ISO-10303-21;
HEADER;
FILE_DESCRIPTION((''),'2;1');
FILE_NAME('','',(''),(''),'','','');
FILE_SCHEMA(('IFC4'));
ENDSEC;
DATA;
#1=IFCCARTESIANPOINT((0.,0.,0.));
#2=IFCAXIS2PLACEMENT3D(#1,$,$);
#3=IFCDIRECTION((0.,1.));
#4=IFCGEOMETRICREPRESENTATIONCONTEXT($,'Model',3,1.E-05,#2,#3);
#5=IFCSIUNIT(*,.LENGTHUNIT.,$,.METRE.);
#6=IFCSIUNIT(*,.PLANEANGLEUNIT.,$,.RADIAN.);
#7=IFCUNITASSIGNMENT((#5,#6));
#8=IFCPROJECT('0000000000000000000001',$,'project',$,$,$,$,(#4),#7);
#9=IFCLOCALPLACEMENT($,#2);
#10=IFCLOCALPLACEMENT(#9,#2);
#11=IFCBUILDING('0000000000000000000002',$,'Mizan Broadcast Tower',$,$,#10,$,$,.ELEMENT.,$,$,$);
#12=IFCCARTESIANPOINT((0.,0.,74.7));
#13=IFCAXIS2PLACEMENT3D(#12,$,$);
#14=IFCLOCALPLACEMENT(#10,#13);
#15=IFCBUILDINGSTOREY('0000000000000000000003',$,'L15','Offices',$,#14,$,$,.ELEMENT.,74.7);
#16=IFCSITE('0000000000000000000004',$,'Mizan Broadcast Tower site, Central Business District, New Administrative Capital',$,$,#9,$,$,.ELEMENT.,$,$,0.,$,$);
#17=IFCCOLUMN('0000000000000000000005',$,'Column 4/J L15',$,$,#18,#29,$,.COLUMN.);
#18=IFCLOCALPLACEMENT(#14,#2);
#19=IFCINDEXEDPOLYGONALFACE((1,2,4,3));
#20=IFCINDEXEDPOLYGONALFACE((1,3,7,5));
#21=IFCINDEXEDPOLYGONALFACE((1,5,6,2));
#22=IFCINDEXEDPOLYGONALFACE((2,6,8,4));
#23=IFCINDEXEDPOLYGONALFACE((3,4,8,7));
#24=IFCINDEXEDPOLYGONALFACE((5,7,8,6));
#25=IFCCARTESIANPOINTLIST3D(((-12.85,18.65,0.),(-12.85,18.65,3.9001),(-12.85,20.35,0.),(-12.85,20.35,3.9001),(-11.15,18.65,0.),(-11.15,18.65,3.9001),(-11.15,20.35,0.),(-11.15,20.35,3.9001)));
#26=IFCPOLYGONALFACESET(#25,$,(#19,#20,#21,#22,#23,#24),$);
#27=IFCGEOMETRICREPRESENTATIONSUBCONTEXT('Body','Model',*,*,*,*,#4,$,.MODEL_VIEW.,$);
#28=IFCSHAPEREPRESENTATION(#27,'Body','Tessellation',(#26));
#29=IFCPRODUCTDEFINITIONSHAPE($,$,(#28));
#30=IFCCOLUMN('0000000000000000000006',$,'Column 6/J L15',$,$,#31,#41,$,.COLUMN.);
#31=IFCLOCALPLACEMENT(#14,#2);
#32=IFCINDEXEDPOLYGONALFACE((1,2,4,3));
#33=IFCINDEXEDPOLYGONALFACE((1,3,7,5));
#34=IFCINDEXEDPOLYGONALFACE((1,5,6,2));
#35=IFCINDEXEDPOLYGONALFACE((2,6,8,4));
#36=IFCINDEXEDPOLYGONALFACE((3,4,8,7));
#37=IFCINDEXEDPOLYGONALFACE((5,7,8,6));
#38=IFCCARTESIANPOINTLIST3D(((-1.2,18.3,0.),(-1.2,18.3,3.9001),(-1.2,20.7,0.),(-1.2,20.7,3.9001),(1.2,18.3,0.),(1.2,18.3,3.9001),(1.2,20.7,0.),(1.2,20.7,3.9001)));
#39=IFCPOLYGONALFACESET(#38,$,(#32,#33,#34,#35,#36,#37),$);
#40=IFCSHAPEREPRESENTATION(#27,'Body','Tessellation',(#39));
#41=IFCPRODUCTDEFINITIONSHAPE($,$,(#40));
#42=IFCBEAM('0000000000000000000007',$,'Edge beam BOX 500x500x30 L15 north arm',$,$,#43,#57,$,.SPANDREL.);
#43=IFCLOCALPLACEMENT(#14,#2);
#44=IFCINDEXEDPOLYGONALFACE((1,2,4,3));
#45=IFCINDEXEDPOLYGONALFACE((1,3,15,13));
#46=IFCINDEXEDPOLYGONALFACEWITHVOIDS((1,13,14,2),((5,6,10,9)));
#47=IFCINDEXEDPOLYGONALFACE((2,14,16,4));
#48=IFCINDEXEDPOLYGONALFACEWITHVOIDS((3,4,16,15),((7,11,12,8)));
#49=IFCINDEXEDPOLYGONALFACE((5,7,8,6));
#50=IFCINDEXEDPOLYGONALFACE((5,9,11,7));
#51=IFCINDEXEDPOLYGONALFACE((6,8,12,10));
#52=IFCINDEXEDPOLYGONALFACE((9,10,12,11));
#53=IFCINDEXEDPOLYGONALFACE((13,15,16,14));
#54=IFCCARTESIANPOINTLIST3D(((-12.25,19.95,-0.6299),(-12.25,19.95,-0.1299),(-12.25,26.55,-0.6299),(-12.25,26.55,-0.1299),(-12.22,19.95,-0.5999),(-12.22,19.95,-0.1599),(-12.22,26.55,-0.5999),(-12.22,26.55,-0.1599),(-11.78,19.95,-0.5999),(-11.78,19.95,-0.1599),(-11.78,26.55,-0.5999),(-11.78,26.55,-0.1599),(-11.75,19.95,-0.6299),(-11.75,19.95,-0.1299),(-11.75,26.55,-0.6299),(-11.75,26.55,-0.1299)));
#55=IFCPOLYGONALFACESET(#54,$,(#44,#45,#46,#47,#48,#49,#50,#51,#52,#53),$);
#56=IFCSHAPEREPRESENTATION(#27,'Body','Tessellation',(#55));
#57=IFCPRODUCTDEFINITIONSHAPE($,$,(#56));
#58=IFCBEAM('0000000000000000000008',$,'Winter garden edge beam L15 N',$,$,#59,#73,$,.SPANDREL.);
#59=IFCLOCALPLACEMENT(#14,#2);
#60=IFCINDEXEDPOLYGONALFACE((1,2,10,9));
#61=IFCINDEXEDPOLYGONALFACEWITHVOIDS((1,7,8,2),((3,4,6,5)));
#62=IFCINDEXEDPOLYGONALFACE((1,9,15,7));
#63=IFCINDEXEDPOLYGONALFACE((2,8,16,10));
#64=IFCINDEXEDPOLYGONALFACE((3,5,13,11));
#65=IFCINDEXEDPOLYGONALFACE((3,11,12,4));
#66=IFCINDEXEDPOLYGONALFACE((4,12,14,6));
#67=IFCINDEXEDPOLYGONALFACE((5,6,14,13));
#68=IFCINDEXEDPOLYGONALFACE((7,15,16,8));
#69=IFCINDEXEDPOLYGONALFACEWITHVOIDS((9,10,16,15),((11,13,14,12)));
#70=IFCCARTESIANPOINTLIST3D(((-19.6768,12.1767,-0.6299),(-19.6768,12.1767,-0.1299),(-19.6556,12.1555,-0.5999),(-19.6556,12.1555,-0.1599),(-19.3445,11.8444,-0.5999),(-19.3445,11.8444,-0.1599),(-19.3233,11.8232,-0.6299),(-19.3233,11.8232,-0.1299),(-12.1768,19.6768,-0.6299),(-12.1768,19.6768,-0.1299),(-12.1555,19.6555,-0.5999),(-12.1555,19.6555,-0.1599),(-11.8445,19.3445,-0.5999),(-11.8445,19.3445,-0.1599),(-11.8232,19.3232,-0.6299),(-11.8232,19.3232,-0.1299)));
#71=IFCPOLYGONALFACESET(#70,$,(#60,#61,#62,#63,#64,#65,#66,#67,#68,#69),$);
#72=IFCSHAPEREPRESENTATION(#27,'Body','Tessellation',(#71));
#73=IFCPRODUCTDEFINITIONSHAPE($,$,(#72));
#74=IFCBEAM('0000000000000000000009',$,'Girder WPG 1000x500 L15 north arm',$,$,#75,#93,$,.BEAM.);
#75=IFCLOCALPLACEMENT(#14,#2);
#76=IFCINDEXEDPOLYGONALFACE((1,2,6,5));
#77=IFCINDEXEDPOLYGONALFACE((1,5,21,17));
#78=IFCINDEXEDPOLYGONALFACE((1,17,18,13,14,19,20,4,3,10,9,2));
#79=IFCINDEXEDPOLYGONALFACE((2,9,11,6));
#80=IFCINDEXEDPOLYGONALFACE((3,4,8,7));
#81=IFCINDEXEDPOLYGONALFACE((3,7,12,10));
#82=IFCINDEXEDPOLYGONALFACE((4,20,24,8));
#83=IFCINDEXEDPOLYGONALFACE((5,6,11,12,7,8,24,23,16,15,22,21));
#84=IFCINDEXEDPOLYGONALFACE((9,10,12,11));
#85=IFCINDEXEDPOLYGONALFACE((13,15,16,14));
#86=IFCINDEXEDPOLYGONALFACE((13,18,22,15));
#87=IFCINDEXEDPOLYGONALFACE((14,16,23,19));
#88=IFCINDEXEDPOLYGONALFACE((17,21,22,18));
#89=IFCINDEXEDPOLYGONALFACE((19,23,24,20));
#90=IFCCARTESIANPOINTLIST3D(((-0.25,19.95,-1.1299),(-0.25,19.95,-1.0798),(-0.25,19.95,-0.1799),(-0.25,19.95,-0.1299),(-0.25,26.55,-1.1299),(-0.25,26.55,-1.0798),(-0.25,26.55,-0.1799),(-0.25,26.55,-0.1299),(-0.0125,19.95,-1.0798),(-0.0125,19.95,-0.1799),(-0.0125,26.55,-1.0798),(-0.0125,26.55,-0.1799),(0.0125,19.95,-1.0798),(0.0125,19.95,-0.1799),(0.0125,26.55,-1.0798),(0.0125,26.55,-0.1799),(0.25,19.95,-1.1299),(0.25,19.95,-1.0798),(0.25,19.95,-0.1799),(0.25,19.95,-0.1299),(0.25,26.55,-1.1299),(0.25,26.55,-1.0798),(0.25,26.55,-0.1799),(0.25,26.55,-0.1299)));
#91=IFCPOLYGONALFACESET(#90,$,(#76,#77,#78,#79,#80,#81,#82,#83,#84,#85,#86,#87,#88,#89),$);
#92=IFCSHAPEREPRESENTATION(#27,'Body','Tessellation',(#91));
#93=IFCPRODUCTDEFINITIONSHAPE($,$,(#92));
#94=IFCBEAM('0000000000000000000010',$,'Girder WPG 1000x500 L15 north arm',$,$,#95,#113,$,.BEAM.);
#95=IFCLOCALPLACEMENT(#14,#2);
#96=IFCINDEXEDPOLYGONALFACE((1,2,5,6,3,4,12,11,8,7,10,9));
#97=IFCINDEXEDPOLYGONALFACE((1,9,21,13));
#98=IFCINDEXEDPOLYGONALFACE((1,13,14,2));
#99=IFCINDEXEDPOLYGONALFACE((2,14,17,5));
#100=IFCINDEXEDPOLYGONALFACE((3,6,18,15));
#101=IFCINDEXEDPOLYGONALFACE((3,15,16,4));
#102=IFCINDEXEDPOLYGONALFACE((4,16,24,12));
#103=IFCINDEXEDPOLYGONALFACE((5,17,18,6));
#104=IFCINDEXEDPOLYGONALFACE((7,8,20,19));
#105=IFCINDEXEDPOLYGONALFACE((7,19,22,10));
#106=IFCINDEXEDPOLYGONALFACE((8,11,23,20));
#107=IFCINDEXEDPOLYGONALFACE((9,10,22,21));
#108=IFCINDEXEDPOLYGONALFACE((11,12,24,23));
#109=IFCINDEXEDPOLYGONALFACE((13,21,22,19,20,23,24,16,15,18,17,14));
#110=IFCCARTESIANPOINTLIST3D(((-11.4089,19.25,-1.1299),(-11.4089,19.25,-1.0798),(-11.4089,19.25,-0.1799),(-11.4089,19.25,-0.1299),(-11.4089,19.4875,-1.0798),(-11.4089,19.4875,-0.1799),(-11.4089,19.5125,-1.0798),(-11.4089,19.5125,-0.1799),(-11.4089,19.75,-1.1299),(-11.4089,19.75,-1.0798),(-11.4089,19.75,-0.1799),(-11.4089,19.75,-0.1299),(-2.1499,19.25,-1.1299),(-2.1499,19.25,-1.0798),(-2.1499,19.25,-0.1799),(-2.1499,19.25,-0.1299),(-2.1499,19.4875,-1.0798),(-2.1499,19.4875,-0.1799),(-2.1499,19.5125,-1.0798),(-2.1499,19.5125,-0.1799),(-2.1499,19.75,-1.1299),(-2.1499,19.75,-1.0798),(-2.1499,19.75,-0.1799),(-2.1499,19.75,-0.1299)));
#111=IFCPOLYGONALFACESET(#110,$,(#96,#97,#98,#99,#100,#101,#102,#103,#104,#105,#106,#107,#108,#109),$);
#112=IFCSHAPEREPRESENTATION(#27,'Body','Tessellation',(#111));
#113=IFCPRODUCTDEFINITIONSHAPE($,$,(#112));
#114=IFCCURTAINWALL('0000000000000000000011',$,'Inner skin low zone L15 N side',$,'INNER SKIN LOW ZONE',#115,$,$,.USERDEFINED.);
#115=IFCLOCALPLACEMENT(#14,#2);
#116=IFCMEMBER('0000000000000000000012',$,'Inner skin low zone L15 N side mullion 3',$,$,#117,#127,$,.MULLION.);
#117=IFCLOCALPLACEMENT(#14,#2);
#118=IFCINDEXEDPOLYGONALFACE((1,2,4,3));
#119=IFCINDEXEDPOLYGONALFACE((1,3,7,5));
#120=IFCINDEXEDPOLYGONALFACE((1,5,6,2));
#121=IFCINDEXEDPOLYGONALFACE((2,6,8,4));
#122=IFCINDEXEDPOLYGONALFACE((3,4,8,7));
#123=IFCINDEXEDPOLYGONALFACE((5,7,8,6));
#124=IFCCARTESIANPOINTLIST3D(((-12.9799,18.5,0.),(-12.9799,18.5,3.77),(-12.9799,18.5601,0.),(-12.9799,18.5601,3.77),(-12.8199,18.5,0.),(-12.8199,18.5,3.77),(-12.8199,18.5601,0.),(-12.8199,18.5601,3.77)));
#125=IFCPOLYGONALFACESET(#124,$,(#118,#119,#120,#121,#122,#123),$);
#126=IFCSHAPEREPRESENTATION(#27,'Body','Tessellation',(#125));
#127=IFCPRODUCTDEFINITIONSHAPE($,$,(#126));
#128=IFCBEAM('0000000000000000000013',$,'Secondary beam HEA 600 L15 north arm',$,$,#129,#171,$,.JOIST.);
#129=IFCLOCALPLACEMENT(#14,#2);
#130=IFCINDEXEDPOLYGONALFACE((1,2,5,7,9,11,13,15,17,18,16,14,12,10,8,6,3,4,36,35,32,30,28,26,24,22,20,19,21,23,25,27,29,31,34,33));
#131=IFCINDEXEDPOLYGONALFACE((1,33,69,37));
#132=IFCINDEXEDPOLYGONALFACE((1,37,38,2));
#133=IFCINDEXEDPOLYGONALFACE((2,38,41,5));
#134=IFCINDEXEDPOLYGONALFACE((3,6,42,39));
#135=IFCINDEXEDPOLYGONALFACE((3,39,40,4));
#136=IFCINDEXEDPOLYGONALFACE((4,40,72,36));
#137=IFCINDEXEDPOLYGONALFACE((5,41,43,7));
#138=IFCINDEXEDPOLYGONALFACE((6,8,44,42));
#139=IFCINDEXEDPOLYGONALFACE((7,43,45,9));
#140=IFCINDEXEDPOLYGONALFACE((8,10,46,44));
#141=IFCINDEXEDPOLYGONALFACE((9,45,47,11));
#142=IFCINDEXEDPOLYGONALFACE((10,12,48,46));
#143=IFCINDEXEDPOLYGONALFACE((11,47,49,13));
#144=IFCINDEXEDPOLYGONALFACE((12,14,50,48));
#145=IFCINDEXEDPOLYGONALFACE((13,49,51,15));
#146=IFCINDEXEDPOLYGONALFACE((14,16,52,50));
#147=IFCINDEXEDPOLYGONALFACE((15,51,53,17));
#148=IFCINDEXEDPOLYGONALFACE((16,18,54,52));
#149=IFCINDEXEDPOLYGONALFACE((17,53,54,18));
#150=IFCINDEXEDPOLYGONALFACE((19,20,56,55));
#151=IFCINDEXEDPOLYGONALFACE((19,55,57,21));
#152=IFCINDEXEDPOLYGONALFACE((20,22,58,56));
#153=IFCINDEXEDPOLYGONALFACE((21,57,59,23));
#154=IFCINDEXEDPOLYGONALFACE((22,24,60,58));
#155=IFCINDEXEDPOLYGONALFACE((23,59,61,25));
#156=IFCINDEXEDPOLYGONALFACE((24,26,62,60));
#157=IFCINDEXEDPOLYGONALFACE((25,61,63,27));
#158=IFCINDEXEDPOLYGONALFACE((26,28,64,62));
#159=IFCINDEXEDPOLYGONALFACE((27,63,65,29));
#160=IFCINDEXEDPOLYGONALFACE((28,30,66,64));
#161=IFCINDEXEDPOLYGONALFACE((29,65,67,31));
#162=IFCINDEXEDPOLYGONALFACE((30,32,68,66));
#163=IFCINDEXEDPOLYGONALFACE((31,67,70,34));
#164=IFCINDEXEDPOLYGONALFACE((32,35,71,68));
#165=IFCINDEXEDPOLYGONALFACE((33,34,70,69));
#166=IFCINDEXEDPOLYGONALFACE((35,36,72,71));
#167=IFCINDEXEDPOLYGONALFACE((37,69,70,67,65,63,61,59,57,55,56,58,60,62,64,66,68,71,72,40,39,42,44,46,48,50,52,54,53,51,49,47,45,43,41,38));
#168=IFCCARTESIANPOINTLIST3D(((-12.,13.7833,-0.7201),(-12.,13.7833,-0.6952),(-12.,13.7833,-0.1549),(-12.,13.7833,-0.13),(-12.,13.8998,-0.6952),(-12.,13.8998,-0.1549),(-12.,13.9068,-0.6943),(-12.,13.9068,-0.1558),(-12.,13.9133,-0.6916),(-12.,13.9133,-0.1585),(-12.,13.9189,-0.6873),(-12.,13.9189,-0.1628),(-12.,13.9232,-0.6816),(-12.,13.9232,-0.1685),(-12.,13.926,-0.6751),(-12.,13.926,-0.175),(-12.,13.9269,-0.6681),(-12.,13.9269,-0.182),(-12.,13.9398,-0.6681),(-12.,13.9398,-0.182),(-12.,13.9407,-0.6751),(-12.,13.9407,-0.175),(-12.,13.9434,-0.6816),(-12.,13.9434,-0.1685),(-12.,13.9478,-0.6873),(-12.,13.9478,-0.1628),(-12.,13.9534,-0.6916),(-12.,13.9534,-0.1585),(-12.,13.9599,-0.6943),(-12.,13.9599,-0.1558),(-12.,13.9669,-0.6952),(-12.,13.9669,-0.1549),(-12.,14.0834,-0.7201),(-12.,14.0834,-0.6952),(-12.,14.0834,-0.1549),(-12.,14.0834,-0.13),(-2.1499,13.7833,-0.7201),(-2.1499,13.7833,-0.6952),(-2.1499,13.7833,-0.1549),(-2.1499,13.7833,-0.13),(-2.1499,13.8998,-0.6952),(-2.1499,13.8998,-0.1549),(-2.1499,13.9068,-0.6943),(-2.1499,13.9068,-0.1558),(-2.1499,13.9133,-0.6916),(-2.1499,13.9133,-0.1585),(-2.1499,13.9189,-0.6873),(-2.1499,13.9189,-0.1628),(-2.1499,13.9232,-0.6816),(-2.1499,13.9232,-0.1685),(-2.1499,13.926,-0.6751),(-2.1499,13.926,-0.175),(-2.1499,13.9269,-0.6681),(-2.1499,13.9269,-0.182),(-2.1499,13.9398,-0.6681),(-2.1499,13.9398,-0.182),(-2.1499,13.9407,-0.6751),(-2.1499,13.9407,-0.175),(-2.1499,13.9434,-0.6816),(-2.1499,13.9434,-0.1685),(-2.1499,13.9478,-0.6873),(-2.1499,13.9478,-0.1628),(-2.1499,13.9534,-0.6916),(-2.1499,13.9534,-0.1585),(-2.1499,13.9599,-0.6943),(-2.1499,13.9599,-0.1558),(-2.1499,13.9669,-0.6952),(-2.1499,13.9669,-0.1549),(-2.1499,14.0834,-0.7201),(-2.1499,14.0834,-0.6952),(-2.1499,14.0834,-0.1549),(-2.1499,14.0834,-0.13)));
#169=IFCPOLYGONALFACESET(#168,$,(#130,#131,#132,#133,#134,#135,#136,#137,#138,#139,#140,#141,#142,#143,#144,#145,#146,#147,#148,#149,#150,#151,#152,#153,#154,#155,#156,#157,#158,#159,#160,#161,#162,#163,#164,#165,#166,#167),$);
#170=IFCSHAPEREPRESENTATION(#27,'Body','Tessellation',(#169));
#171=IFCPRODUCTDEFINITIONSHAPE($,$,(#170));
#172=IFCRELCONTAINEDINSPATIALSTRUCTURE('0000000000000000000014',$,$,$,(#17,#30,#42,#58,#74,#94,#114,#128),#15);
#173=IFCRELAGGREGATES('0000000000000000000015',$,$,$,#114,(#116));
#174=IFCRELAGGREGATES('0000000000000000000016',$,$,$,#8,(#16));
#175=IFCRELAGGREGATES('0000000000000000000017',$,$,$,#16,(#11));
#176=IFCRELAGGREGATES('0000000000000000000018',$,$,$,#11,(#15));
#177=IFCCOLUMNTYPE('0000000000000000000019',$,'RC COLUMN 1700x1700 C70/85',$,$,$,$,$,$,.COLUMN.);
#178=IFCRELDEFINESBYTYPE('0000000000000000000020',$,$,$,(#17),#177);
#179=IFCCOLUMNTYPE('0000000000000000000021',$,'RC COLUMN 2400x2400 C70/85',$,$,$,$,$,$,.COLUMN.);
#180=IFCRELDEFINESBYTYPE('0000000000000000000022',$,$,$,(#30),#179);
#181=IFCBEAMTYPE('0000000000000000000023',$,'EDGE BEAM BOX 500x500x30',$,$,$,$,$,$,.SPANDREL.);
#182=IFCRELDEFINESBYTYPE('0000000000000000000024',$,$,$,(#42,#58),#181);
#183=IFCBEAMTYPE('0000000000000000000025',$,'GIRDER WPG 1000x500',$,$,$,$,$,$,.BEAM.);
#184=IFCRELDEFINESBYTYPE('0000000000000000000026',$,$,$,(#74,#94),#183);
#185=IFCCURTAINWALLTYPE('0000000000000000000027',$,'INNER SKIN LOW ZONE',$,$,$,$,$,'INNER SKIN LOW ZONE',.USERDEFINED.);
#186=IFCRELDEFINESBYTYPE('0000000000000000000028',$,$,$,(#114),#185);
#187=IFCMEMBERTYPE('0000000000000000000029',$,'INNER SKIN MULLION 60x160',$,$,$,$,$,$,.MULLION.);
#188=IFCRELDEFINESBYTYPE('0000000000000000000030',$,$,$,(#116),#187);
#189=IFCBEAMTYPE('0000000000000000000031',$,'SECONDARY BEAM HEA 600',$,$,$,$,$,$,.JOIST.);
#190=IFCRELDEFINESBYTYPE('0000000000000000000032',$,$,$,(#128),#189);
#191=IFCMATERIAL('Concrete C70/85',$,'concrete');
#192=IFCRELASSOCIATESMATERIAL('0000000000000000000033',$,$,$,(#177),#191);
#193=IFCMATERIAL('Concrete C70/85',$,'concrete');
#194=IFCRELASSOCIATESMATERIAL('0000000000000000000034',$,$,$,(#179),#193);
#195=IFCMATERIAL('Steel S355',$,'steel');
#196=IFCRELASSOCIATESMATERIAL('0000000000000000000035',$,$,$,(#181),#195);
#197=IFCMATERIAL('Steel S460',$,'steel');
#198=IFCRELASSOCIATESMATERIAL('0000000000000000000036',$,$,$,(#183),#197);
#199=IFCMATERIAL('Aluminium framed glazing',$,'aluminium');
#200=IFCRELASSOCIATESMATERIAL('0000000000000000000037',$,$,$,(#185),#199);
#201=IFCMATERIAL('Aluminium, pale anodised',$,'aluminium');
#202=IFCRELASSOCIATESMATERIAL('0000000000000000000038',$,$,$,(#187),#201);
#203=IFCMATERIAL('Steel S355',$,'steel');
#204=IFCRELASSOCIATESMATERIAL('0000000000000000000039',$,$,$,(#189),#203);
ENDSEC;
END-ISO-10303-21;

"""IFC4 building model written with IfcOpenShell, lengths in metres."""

from ifc_helpers import new_model, si_unit, direction, frame, origin, origin_2d, place, context, subcontext, project, spatial, rectangle, hollow_rectangle, i_section, extrude, material, material_profile, profile_set, type_object, element, aggregate, save


model = new_model("IFC4")

# Units and contexts
model_context = context("Model", 3, precision=1e-05, world=origin(), true_north=direction((0.0, 1.0)))
body_context = subcontext(model_context, "Body", "Model", "MODEL_VIEW")
ifc_project = project(units=[si_unit("LENGTHUNIT", "METRE"), si_unit("PLANEANGLEUNIT", "RADIAN")], contexts=[model_context])

# Site, building, storey
site_placement = place(None, origin())
site = spatial("IfcSite", under=ifc_project, at=site_placement, Name="Mizan Broadcast Tower site, Central Business District, New Administrative Capital", CompositionType="ELEMENT", RefElevation=0.0)
building_placement = place(site_placement, origin())
building = spatial("IfcBuilding", under=site, at=building_placement, Name="Mizan Broadcast Tower", CompositionType="ELEMENT")
storey_placement = place(building_placement, frame((0.0, 0.0, 74.7)))
storey = spatial("IfcBuildingStorey", under=building, at=storey_placement, Name="L15", Description="Offices", CompositionType="ELEMENT", Elevation=74.7)

# Columns
ifc_material_1 = material(Name="Concrete C70/85", Category="concrete")
ifc_material_profile_1 = material_profile(ifc_material_1, rectangle(XDim=1.7, YDim=1.7, at=origin_2d()), Name="RC 1700x1700")
ifc_profile_set_1 = profile_set([ifc_material_profile_1], Name="Concrete C70/85")
column_type_1 = type_object("IfcColumnType", Name="RC COLUMN 1700x1700 C70/85", PredefinedType="COLUMN", material=ifc_profile_set_1)
column_1_placement = place(storey_placement, frame((-12.0, 19.5, 0.0), z_axis=(0.0, 0.0, 1.0), x_axis=(1.0, 0.0, 0.0)))
element("IfcColumn", 1, at=column_1_placement, inside=storey, type_object=column_type_1, Name="Column 4/J L15", PredefinedType="COLUMN", context=body_context, shape_type="SweptSolid", body=[
    extrude(rectangle(XDim=1.7, YDim=1.7, at=origin_2d()), origin(), (0.0, 0.0, 1.0), 3.9001),
])
ifc_material_2 = material(Name="Concrete C70/85", Category="concrete")
ifc_material_profile_2 = material_profile(ifc_material_2, rectangle(XDim=2.3999, YDim=2.3999, at=origin_2d()), Name="RC 2400x2400")
ifc_profile_set_2 = profile_set([ifc_material_profile_2], Name="Concrete C70/85")
column_type_2 = type_object("IfcColumnType", Name="RC COLUMN 2400x2400 C70/85", PredefinedType="COLUMN", material=ifc_profile_set_2)
column_2_placement = place(storey_placement, frame((0.0, 19.5, 0.0), z_axis=(0.0, 0.0, 1.0), x_axis=(1.0, 0.0, 0.0)))
element("IfcColumn", 2, at=column_2_placement, inside=storey, type_object=column_type_2, Name="Column 6/J L15", PredefinedType="COLUMN", context=body_context, shape_type="SweptSolid", body=[
    extrude(rectangle(XDim=2.3999, YDim=2.3999, at=origin_2d()), origin(), (0.0, 0.0, 1.0), 3.9001),
])

# Beams
ifc_material_3 = material(Name="Steel S355", Category="steel")
ifc_material_profile_3 = material_profile(ifc_material_3, hollow_rectangle(XDim=0.5, YDim=0.5, WallThickness=0.03, at=origin_2d()), Name="BOX 500x500x30")
ifc_profile_set_3 = profile_set([ifc_material_profile_3], Name="Steel S355")
beam_type_1 = type_object("IfcBeamType", Name="EDGE BEAM BOX 500x500x30", PredefinedType="SPANDREL", material=ifc_profile_set_3)
beam_1_placement = place(storey_placement, frame((-12.0, 19.95, -0.3799), z_axis=(0.0, 1.0, 0.0), x_axis=(-1.0, 0.0, 0.0)))
element("IfcBeam", 3, at=beam_1_placement, inside=storey, type_object=beam_type_1, Name="Edge beam BOX 500x500x30 L15 north arm", PredefinedType="SPANDREL", context=body_context, shape_type="SweptSolid", body=[
    extrude(hollow_rectangle(XDim=0.5, YDim=0.5, WallThickness=0.03, at=origin_2d()), origin(), (0.0, 0.0, 1.0), 6.6001),
])
beam_2_placement = place(storey_placement, frame((-12.0, 19.5, -0.3799), z_axis=(-0.707107, -0.707107, 0.0), x_axis=(0.707107, -0.707107, 0.0)))
element("IfcBeam", 4, at=beam_2_placement, inside=storey, type_object=beam_type_1, Name="Winter garden edge beam L15 N", PredefinedType="SPANDREL", context=body_context, shape_type="SweptSolid", body=[
    extrude(hollow_rectangle(XDim=0.5, YDim=0.5, WallThickness=0.03, at=origin_2d()), origin(), (0.0, 0.0, 1.0), 10.6067),
])
ifc_material_4 = material(Name="Steel S460", Category="steel")
ifc_material_profile_4 = material_profile(ifc_material_4, i_section(OverallWidth=0.5, OverallDepth=1.0, WebThickness=0.0249, FlangeThickness=0.05, at=origin_2d()), Name="WPG 1000x500")
ifc_profile_set_4 = profile_set([ifc_material_profile_4], Name="Steel S460")
beam_type_2 = type_object("IfcBeamType", Name="GIRDER WPG 1000x500", PredefinedType="BEAM", material=ifc_profile_set_4)
beam_3_placement = place(storey_placement, frame((0.0, 19.95, -0.6299), z_axis=(0.0, 1.0, 0.0), x_axis=(-1.0, 0.0, 0.0)))
element("IfcBeam", 5, at=beam_3_placement, inside=storey, type_object=beam_type_2, Name="Girder WPG 1000x500 L15 north arm", PredefinedType="BEAM", context=body_context, shape_type="SweptSolid", body=[
    extrude(i_section(OverallWidth=0.5, OverallDepth=1.0, WebThickness=0.0249, FlangeThickness=0.05, at=origin_2d()), origin(), (0.0, 0.0, 1.0), 6.6001),
])
beam_4_placement = place(storey_placement, frame((-11.4089, 19.5, -0.6299), z_axis=(1.0, 0.0, 0.0), x_axis=(0.0, 1.0, 0.0)))
element("IfcBeam", 6, at=beam_4_placement, inside=storey, type_object=beam_type_2, Name="Girder WPG 1000x500 L15 north arm", PredefinedType="BEAM", context=body_context, shape_type="SweptSolid", body=[
    extrude(i_section(OverallWidth=0.5, OverallDepth=1.0, WebThickness=0.0249, FlangeThickness=0.05, at=origin_2d()), origin(), (0.0, 0.0, 1.0), 9.259),
])

# Curtain wall, member
ifc_material_5 = material(Name="Aluminium framed glazing", Category="aluminium")
curtain_wall_type = type_object("IfcCurtainWallType", Name="INNER SKIN LOW ZONE", ElementType="INNER SKIN LOW ZONE", PredefinedType="USERDEFINED", material=ifc_material_5)
curtain_wall_placement = place(storey_placement, origin())
curtain_wall = element("IfcCurtainWall", 7, at=curtain_wall_placement, inside=storey, type_object=curtain_wall_type, Name="Inner skin low zone L15 N side", ObjectType="INNER SKIN LOW ZONE", PredefinedType="USERDEFINED")
ifc_material_6 = material(Name="Aluminium, pale anodised", Category="aluminium")
ifc_material_profile_5 = material_profile(ifc_material_6, rectangle(XDim=0.1599, YDim=0.0601, at=origin_2d()), Name="MULLION 160x60")
ifc_profile_set_5 = profile_set([ifc_material_profile_5], Name="Aluminium, pale anodised")
member_type = type_object("IfcMemberType", Name="INNER SKIN MULLION 60x160", PredefinedType="MULLION", material=ifc_profile_set_5)
member_placement = place(storey_placement, frame((-12.8999, 18.53, 0.0), z_axis=(0.0, 0.0, 1.0), x_axis=(1.0, 0.0, 0.0)))
member = element("IfcMember", 8, at=member_placement, type_object=member_type, Name="Inner skin low zone L15 N side mullion 3", PredefinedType="MULLION", context=body_context, shape_type="SweptSolid", body=[
    extrude(rectangle(XDim=0.1599, YDim=0.0601, at=origin_2d()), origin(), (0.0, 0.0, 1.0), 3.77),
])

# Beam
ifc_material_7 = material(Name="Steel S355", Category="steel")
ifc_material_profile_6 = material_profile(ifc_material_7, i_section(OverallWidth=0.3, OverallDepth=0.5901, WebThickness=0.0129, FlangeThickness=0.0249, FilletRadius=0.0271, at=origin_2d()), Name="HEA 600")
ifc_profile_set_6 = profile_set([ifc_material_profile_6], Name="Steel S355")
beam_type_3 = type_object("IfcBeamType", Name="SECONDARY BEAM HEA 600", PredefinedType="JOIST", material=ifc_profile_set_6)
for number, where, z_axis, x_axis, name in (
    (9, (-12.0, 13.9333, -0.425), (1.0, 0.0, 0.0), (0.0, 1.0, 0.0), "Secondary beam HEA 600 L15 north arm"),
):
    element("IfcBeam", number, at=place(storey_placement, frame(where, z_axis=z_axis, x_axis=x_axis)), inside=storey, type_object=beam_type_3, Name=name, PredefinedType="JOIST", context=body_context, shape_type="SweptSolid", body=[
        extrude(i_section(OverallWidth=0.3, OverallDepth=0.5901, WebThickness=0.0129, FlangeThickness=0.0249, FilletRadius=0.0271, at=origin_2d()), origin(), (0.0, 0.0, 1.0), 9.8501),
    ])

aggregate(curtain_wall, [member])

save(model, "model.ifc")
